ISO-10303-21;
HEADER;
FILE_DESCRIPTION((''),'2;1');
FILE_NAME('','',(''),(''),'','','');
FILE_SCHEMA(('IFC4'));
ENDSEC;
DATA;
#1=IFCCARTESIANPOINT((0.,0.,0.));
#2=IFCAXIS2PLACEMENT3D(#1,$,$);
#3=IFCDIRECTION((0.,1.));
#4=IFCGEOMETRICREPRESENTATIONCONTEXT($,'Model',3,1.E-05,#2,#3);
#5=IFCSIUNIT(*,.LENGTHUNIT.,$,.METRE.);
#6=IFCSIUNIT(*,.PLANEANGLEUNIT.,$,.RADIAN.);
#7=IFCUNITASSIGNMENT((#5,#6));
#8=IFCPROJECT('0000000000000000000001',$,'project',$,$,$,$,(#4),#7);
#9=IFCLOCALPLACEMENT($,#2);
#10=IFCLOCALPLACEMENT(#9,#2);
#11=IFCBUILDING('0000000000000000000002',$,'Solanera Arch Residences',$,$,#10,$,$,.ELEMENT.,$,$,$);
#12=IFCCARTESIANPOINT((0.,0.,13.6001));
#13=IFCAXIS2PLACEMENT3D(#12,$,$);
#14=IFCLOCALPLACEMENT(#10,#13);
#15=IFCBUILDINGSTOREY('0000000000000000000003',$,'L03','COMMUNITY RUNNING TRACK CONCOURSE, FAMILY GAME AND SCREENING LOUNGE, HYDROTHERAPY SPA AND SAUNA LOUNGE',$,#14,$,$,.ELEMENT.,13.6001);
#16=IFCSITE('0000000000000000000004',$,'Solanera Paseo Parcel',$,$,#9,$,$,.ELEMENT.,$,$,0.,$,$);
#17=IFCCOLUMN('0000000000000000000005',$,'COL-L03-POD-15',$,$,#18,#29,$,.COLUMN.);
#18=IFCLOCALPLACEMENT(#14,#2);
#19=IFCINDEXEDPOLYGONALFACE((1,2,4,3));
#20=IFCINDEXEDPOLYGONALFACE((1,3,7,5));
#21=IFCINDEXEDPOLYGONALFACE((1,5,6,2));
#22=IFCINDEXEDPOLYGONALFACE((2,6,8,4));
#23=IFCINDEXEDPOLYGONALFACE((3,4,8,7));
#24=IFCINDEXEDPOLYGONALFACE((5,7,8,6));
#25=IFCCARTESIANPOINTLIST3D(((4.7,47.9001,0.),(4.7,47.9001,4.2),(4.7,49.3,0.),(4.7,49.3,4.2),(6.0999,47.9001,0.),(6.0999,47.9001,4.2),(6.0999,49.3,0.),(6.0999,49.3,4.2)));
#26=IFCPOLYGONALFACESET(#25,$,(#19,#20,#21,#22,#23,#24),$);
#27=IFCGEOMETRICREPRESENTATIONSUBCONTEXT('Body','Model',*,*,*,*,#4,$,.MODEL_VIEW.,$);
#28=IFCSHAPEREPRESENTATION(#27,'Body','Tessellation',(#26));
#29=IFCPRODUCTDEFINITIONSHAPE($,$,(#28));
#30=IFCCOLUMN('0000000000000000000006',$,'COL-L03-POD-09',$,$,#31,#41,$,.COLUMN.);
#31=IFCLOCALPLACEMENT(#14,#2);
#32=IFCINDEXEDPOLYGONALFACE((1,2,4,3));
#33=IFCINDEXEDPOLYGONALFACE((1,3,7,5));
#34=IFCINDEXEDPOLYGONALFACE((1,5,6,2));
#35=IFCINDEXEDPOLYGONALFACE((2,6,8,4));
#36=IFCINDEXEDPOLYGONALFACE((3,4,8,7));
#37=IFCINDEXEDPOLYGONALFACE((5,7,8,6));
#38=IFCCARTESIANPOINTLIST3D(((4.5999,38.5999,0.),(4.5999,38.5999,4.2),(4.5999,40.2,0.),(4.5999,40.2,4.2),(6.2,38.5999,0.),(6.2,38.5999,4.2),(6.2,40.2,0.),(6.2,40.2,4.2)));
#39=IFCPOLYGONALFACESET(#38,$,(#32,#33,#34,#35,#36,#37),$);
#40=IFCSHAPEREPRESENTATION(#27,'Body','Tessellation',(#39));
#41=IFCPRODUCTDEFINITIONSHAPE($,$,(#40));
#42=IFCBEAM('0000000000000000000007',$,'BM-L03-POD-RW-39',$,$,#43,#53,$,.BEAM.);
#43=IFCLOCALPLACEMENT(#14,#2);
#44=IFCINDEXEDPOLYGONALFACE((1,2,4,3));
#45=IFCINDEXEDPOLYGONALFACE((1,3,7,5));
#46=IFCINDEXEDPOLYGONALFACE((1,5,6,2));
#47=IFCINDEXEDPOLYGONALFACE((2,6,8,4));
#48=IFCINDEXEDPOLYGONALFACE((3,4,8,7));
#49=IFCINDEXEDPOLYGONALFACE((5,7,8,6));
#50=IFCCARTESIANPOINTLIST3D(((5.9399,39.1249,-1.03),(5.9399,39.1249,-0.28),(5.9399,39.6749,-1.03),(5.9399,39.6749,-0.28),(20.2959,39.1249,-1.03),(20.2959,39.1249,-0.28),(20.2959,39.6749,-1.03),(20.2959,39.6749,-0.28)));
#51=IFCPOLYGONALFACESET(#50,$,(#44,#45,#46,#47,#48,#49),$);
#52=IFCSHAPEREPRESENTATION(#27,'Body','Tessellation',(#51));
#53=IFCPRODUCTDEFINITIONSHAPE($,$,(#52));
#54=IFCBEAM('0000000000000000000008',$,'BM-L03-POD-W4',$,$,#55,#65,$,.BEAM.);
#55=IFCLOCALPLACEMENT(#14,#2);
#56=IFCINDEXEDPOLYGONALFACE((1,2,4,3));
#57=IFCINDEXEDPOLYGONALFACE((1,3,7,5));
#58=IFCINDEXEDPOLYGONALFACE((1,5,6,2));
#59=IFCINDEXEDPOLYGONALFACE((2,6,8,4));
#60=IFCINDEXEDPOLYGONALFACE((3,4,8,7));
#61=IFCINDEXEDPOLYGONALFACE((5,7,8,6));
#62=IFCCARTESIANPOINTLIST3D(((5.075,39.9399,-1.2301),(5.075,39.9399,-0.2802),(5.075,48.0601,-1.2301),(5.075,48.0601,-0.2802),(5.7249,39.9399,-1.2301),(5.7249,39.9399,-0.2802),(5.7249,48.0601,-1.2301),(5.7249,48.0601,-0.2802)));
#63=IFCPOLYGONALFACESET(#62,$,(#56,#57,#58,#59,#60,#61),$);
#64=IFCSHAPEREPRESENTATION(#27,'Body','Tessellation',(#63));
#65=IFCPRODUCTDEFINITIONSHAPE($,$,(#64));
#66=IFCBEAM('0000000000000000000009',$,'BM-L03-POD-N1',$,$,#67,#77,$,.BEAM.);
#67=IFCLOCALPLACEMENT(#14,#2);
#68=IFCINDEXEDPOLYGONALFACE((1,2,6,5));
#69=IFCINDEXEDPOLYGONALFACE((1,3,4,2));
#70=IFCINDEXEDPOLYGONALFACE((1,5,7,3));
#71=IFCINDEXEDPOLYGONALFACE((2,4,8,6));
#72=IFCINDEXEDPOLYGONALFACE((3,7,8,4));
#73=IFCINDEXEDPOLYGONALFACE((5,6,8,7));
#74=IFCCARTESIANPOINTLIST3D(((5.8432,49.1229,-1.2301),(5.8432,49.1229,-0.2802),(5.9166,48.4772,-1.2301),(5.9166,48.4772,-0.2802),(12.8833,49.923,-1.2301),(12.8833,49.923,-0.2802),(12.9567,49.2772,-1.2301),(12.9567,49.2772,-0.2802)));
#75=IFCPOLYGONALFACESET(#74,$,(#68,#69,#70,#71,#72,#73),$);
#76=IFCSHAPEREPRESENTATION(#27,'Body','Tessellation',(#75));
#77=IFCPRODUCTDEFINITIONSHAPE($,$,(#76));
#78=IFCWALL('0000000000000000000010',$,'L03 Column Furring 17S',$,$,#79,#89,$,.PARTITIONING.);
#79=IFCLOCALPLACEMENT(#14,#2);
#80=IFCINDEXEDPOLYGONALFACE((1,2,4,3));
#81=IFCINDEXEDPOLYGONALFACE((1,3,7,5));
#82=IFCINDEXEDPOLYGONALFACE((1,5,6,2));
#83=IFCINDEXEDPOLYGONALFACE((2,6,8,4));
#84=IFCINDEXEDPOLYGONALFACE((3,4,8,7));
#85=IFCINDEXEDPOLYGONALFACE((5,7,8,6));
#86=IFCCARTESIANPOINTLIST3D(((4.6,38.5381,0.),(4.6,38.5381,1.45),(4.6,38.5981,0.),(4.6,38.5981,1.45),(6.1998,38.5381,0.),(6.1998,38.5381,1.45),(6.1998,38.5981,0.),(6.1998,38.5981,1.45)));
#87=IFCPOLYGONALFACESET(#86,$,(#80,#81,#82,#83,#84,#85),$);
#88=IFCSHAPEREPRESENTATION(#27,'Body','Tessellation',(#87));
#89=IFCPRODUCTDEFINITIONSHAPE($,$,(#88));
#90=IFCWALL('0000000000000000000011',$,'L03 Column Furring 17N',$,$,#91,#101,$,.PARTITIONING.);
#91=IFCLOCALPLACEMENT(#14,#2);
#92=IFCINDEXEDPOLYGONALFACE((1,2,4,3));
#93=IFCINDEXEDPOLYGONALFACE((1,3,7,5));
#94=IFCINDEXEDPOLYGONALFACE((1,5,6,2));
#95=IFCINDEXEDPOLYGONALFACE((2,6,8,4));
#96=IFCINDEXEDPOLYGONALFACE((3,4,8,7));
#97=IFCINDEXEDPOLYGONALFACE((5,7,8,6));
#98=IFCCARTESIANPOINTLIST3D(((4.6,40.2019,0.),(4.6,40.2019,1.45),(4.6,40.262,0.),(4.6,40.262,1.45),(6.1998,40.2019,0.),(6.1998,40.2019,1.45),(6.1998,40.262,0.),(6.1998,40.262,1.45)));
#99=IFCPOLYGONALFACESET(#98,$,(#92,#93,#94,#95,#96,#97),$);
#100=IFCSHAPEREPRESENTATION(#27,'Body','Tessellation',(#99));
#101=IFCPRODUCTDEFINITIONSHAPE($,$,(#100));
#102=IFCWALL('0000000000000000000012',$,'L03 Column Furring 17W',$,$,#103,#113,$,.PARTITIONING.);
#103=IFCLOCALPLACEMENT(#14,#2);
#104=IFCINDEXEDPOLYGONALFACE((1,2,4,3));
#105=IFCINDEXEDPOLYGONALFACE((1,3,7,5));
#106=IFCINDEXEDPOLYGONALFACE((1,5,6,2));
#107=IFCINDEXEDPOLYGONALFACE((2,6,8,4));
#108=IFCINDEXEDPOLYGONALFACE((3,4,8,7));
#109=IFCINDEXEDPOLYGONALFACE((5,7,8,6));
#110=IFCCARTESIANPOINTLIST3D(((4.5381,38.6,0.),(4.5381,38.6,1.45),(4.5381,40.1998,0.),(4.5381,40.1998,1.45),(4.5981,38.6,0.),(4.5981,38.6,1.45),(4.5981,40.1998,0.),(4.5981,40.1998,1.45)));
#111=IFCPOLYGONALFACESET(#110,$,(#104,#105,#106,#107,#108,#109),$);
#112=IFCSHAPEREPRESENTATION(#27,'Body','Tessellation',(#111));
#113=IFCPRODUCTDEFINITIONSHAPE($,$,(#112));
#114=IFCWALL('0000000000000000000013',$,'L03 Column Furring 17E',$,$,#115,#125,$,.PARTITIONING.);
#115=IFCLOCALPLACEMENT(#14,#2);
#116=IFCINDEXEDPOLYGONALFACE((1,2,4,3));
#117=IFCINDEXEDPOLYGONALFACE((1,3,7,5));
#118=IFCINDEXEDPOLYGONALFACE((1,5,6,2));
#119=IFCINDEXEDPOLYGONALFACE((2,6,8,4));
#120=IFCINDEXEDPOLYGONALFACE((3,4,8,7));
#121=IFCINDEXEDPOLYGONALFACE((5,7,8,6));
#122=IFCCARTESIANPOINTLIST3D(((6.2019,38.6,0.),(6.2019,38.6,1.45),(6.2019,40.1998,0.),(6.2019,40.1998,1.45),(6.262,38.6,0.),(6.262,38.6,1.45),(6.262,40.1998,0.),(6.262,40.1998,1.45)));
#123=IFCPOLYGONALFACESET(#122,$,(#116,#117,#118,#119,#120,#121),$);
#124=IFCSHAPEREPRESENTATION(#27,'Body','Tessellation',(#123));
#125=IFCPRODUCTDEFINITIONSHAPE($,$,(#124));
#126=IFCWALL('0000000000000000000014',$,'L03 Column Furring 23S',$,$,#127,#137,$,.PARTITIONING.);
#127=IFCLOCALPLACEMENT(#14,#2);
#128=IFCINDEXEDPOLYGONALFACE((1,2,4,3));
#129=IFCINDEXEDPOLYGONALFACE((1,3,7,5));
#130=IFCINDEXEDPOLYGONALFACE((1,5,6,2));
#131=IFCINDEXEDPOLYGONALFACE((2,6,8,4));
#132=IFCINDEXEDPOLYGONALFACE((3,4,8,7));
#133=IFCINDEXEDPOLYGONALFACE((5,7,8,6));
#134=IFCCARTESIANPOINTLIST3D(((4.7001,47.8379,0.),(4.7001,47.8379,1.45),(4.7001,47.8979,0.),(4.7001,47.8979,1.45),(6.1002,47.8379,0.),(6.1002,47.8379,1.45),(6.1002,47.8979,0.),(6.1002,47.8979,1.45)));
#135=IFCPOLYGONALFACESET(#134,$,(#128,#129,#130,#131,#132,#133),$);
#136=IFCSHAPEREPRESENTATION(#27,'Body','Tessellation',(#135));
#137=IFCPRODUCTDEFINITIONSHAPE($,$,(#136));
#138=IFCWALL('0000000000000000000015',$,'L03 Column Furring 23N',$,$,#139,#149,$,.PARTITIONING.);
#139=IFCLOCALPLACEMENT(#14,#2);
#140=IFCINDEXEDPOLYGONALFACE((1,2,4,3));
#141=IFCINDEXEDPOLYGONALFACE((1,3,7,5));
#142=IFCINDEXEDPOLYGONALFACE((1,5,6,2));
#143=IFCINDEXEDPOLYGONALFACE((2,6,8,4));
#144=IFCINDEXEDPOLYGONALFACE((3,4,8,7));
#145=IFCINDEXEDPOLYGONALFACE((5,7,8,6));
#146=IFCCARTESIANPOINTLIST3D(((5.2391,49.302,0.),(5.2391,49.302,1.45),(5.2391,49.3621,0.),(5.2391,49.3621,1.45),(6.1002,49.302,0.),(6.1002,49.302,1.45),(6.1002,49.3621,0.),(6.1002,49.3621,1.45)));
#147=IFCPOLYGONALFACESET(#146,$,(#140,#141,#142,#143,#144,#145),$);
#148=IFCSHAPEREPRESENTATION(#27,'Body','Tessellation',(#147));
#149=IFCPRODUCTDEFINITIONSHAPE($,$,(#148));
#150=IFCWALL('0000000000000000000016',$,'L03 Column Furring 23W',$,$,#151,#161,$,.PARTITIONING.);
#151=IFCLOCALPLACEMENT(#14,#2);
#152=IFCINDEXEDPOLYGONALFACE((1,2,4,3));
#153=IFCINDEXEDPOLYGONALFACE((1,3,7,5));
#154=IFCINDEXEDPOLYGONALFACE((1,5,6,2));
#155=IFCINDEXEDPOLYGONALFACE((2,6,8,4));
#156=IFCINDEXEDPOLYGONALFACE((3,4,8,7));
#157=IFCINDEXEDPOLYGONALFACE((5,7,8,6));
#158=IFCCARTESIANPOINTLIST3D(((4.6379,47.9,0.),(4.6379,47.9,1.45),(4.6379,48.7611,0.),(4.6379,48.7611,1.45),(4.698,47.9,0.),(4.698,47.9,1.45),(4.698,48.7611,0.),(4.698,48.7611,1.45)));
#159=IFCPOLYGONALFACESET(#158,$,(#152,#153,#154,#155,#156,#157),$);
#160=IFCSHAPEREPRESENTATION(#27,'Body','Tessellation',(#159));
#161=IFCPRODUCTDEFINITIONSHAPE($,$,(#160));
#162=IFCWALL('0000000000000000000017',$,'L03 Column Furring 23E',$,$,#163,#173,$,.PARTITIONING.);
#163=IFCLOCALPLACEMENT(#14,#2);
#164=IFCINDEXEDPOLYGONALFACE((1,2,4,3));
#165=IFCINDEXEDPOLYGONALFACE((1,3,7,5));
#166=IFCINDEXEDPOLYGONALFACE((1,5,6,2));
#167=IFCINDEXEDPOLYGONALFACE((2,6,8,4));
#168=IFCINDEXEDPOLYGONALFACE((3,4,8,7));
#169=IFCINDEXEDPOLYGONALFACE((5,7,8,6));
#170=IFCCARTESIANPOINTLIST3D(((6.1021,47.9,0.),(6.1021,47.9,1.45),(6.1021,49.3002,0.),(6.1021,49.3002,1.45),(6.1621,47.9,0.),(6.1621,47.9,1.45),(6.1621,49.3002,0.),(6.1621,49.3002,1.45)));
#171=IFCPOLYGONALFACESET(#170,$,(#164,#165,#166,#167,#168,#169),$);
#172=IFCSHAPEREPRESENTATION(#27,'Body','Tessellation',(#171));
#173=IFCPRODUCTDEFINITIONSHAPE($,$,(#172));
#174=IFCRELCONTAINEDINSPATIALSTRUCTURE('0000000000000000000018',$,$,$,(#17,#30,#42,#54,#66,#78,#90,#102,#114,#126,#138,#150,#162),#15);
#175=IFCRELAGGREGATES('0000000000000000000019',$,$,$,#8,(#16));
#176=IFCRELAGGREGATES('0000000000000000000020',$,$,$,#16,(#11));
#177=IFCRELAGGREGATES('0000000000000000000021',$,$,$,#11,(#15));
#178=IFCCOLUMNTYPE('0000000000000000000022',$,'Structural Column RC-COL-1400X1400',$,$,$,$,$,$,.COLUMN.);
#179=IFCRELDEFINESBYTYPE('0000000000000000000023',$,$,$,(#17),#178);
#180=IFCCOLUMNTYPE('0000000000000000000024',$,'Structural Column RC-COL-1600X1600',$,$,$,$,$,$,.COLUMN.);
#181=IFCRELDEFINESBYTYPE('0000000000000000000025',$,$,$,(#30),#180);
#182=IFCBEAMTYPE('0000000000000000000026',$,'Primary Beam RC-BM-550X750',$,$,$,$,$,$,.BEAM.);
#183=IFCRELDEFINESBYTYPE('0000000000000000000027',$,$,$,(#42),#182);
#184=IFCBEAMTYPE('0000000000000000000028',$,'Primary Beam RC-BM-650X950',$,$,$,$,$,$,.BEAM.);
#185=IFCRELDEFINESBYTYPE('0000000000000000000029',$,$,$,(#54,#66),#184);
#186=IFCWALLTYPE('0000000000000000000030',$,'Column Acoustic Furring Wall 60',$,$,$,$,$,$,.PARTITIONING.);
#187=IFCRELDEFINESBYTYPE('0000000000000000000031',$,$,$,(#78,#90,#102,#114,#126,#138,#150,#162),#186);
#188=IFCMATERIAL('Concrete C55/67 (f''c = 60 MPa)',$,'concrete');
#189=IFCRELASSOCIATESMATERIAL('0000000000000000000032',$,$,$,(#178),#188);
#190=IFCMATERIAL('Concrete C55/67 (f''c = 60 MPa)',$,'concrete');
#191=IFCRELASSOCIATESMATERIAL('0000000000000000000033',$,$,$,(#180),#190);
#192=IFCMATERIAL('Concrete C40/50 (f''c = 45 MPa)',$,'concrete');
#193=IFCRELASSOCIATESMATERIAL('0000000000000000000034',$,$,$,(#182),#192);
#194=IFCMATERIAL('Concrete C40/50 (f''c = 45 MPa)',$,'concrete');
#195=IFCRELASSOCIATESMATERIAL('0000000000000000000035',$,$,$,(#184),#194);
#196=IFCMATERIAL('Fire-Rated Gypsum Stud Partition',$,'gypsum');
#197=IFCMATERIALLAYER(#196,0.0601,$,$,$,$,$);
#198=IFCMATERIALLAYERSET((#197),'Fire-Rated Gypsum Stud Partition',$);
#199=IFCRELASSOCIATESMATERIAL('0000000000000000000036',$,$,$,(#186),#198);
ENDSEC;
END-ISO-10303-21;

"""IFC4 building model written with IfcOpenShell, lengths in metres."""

from ifc_helpers import new_model, si_unit, direction, frame, frame_2d, origin, origin_2d, place, context, subcontext, project, spatial, rectangle, extrude, material, layer, layer_set, material_profile, profile_set, type_object, element, save


model = new_model("IFC4")

# Units and contexts
model_context = context("Model", 3, precision=1e-05, world=origin(), true_north=direction((0.0, 1.0)))
body_context = subcontext(model_context, "Body", "Model", "MODEL_VIEW")
ifc_project = project(units=[si_unit("LENGTHUNIT", "METRE"), si_unit("PLANEANGLEUNIT", "RADIAN")], contexts=[model_context])

# Site, building, storey
site_placement = place(None, origin())
site = spatial("IfcSite", under=ifc_project, at=site_placement, Name="Solanera Paseo Parcel", CompositionType="ELEMENT", RefElevation=0.0)
building_placement = place(site_placement, origin())
building = spatial("IfcBuilding", under=site, at=building_placement, Name="Solanera Arch Residences", CompositionType="ELEMENT")
storey_placement = place(building_placement, frame((0.0, 0.0, 13.6001)))
storey = spatial("IfcBuildingStorey", under=building, at=storey_placement, Name="L03", Description="COMMUNITY RUNNING TRACK CONCOURSE, FAMILY GAME AND SCREENING LOUNGE, HYDROTHERAPY SPA AND SAUNA LOUNGE", CompositionType="ELEMENT", Elevation=13.6001)

# Columns
ifc_material_1 = material(Name="Concrete C55/67 (f'c = 60 MPa)", Category="concrete")
ifc_material_profile_1 = material_profile(ifc_material_1, rectangle(XDim=1.3999, YDim=1.3999, at=origin_2d()))
ifc_profile_set_1 = profile_set([ifc_material_profile_1], Name="Concrete C55/67 (f'c = 60 MPa)")
column_type_1 = type_object("IfcColumnType", Name="Structural Column RC-COL-1400X1400", PredefinedType="COLUMN", material=ifc_profile_set_1)
column_1_placement = place(storey_placement, frame((5.3999, 48.6001, 0.0), z_axis=(0.0, 0.0, 1.0), x_axis=(1.0, 0.0, 0.0)))
element("IfcColumn", 1, at=column_1_placement, inside=storey, type_object=column_type_1, Name="COL-L03-POD-15", PredefinedType="COLUMN", context=body_context, shape_type="SweptSolid", body=[
    extrude(rectangle(XDim=1.3999, YDim=1.3999, at=origin_2d()), origin(), (0.0, 0.0, 1.0), 4.2),
])
ifc_material_2 = material(Name="Concrete C55/67 (f'c = 60 MPa)", Category="concrete")
ifc_material_profile_2 = material_profile(ifc_material_2, rectangle(XDim=1.6001, YDim=1.6001, at=origin_2d()))
ifc_profile_set_2 = profile_set([ifc_material_profile_2], Name="Concrete C55/67 (f'c = 60 MPa)")
column_type_2 = type_object("IfcColumnType", Name="Structural Column RC-COL-1600X1600", PredefinedType="COLUMN", material=ifc_profile_set_2)
column_2_placement = place(storey_placement, frame((5.3999, 39.3999, 0.0), z_axis=(0.0, 0.0, 1.0), x_axis=(1.0, 0.0, 0.0)))
element("IfcColumn", 2, at=column_2_placement, inside=storey, type_object=column_type_2, Name="COL-L03-POD-09", PredefinedType="COLUMN", context=body_context, shape_type="SweptSolid", body=[
    extrude(rectangle(XDim=1.6001, YDim=1.6001, at=origin_2d()), origin(), (0.0, 0.0, 1.0), 4.2),
])

# Beams
ifc_material_3 = material(Name="Concrete C40/50 (f'c = 45 MPa)", Category="concrete")
ifc_material_profile_3 = material_profile(ifc_material_3, rectangle(XDim=0.55, YDim=0.75, at=origin_2d()))
ifc_profile_set_3 = profile_set([ifc_material_profile_3], Name="Concrete C40/50 (f'c = 45 MPa)")
beam_type_1 = type_object("IfcBeamType", Name="Primary Beam RC-BM-550X750", PredefinedType="BEAM", material=ifc_profile_set_3)
beam_1_placement = place(storey_placement, frame((5.9399, 39.3999, -0.655), z_axis=(1.0, 0.0, 0.0), x_axis=(0.0, 1.0, 0.0)))
element("IfcBeam", 3, at=beam_1_placement, inside=storey, type_object=beam_type_1, Name="BM-L03-POD-RW-39", PredefinedType="BEAM", context=body_context, shape_type="SweptSolid", body=[
    extrude(rectangle(XDim=0.55, YDim=0.75, at=origin_2d()), origin(), (0.0, 0.0, 1.0), 14.356),
])
ifc_material_4 = material(Name="Concrete C40/50 (f'c = 45 MPa)", Category="concrete")
ifc_material_profile_4 = material_profile(ifc_material_4, rectangle(XDim=0.6499, YDim=0.95, at=origin_2d()))
ifc_profile_set_4 = profile_set([ifc_material_profile_4], Name="Concrete C40/50 (f'c = 45 MPa)")
beam_type_2 = type_object("IfcBeamType", Name="Primary Beam RC-BM-650X950", PredefinedType="BEAM", material=ifc_profile_set_4)
beam_2_placement = place(storey_placement, frame((5.3999, 39.9399, -0.7551), z_axis=(0.0, 1.0, 0.0), x_axis=(-1.0, 0.0, 0.0)))
element("IfcBeam", 4, at=beam_2_placement, inside=storey, type_object=beam_type_2, Name="BM-L03-POD-W4", PredefinedType="BEAM", context=body_context, shape_type="SweptSolid", body=[
    extrude(rectangle(XDim=0.6499, YDim=0.95, at=origin_2d()), origin(), (0.0, 0.0, 1.0), 8.1201),
])
beam_3_placement = place(storey_placement, frame((5.8799, 48.8, -0.7551), z_axis=(0.993605, 0.112916, 0.0), x_axis=(-0.112916, 0.993605, 0.0)))
element("IfcBeam", 5, at=beam_3_placement, inside=storey, type_object=beam_type_2, Name="BM-L03-POD-N1", PredefinedType="BEAM", context=body_context, shape_type="SweptSolid", body=[
    extrude(rectangle(XDim=0.6499, YDim=0.95, at=origin_2d()), origin(), (0.0, 0.0, 1.0), 7.0854),
])

# Walls
ifc_material_5 = material(Name="Fire-Rated Gypsum Stud Partition", Category="gypsum")
ifc_layer_1 = layer(ifc_material_5, 0.0601)
ifc_layer_set_1 = layer_set([ifc_layer_1], Name="Fire-Rated Gypsum Stud Partition")
wall_type_1 = type_object("IfcWallType", Name="Column Acoustic Furring Wall 60", PredefinedType="PARTITIONING", material=ifc_layer_set_1)
for number, where, z_axis, x_axis, name in (
    (6, (4.6001, 38.5681, 0.0), (0.0, 0.0, 1.0), (1.0, 0.0, 0.0), "L03 Column Furring 17S"),
    (7, (4.6001, 40.2319, 0.0), (0.0, 0.0, 1.0), (1.0, 0.0, 0.0), "L03 Column Furring 17N"),
    (8, (4.5681, 38.6001, 0.0), (0.0, 0.0, 1.0), (0.0, 1.0, 0.0), "L03 Column Furring 17W"),
    (9, (6.2319, 38.6001, 0.0), (0.0, 0.0, 1.0), (0.0, 1.0, 0.0), "L03 Column Furring 17E"),
):
    element("IfcWall", number, at=place(storey_placement, frame(where, z_axis=z_axis, x_axis=x_axis)), inside=storey, type_object=wall_type_1, Name=name, PredefinedType="PARTITIONING", context=body_context, shape_type="SweptSolid", body=[
        extrude(rectangle(XDim=1.5999, YDim=0.0601, at=frame_2d((0.7998, 0.0))), origin(), (0.0, 0.0, 1.0), 1.45),
    ])
wall_1_placement = place(storey_placement, frame((4.7, 47.8679, 0.0), z_axis=(0.0, 0.0, 1.0), x_axis=(1.0, 0.0, 0.0)))
element("IfcWall", 10, at=wall_1_placement, inside=storey, type_object=wall_type_1, Name="L03 Column Furring 23S", PredefinedType="PARTITIONING", context=body_context, shape_type="SweptSolid", body=[
    extrude(rectangle(XDim=1.4001, YDim=0.0601, at=frame_2d((0.7002, 0.0))), origin(), (0.0, 0.0, 1.0), 1.45),
])
for number, where, z_axis, x_axis, name in (
    (11, (5.239, 49.332, 0.0), (0.0, 0.0, 1.0), (1.0, 0.0, 0.0), "L03 Column Furring 23N"),
    (12, (4.668, 47.8999, 0.0), (0.0, 0.0, 1.0), (0.0, 1.0, 0.0), "L03 Column Furring 23W"),
):
    element("IfcWall", number, at=place(storey_placement, frame(where, z_axis=z_axis, x_axis=x_axis)), inside=storey, type_object=wall_type_1, Name=name, PredefinedType="PARTITIONING", context=body_context, shape_type="SweptSolid", body=[
        extrude(rectangle(XDim=0.8611, YDim=0.0601, at=frame_2d((0.4307, 0.0))), origin(), (0.0, 0.0, 1.0), 1.45),
    ])
wall_2_placement = place(storey_placement, frame((6.1321, 47.8999, 0.0), z_axis=(0.0, 0.0, 1.0), x_axis=(0.0, 1.0, 0.0)))
element("IfcWall", 13, at=wall_2_placement, inside=storey, type_object=wall_type_1, Name="L03 Column Furring 23E", PredefinedType="PARTITIONING", context=body_context, shape_type="SweptSolid", body=[
    extrude(rectangle(XDim=1.4001, YDim=0.0601, at=frame_2d((0.7002, 0.0))), origin(), (0.0, 0.0, 1.0), 1.45),
])

save(model, "model.ifc")
